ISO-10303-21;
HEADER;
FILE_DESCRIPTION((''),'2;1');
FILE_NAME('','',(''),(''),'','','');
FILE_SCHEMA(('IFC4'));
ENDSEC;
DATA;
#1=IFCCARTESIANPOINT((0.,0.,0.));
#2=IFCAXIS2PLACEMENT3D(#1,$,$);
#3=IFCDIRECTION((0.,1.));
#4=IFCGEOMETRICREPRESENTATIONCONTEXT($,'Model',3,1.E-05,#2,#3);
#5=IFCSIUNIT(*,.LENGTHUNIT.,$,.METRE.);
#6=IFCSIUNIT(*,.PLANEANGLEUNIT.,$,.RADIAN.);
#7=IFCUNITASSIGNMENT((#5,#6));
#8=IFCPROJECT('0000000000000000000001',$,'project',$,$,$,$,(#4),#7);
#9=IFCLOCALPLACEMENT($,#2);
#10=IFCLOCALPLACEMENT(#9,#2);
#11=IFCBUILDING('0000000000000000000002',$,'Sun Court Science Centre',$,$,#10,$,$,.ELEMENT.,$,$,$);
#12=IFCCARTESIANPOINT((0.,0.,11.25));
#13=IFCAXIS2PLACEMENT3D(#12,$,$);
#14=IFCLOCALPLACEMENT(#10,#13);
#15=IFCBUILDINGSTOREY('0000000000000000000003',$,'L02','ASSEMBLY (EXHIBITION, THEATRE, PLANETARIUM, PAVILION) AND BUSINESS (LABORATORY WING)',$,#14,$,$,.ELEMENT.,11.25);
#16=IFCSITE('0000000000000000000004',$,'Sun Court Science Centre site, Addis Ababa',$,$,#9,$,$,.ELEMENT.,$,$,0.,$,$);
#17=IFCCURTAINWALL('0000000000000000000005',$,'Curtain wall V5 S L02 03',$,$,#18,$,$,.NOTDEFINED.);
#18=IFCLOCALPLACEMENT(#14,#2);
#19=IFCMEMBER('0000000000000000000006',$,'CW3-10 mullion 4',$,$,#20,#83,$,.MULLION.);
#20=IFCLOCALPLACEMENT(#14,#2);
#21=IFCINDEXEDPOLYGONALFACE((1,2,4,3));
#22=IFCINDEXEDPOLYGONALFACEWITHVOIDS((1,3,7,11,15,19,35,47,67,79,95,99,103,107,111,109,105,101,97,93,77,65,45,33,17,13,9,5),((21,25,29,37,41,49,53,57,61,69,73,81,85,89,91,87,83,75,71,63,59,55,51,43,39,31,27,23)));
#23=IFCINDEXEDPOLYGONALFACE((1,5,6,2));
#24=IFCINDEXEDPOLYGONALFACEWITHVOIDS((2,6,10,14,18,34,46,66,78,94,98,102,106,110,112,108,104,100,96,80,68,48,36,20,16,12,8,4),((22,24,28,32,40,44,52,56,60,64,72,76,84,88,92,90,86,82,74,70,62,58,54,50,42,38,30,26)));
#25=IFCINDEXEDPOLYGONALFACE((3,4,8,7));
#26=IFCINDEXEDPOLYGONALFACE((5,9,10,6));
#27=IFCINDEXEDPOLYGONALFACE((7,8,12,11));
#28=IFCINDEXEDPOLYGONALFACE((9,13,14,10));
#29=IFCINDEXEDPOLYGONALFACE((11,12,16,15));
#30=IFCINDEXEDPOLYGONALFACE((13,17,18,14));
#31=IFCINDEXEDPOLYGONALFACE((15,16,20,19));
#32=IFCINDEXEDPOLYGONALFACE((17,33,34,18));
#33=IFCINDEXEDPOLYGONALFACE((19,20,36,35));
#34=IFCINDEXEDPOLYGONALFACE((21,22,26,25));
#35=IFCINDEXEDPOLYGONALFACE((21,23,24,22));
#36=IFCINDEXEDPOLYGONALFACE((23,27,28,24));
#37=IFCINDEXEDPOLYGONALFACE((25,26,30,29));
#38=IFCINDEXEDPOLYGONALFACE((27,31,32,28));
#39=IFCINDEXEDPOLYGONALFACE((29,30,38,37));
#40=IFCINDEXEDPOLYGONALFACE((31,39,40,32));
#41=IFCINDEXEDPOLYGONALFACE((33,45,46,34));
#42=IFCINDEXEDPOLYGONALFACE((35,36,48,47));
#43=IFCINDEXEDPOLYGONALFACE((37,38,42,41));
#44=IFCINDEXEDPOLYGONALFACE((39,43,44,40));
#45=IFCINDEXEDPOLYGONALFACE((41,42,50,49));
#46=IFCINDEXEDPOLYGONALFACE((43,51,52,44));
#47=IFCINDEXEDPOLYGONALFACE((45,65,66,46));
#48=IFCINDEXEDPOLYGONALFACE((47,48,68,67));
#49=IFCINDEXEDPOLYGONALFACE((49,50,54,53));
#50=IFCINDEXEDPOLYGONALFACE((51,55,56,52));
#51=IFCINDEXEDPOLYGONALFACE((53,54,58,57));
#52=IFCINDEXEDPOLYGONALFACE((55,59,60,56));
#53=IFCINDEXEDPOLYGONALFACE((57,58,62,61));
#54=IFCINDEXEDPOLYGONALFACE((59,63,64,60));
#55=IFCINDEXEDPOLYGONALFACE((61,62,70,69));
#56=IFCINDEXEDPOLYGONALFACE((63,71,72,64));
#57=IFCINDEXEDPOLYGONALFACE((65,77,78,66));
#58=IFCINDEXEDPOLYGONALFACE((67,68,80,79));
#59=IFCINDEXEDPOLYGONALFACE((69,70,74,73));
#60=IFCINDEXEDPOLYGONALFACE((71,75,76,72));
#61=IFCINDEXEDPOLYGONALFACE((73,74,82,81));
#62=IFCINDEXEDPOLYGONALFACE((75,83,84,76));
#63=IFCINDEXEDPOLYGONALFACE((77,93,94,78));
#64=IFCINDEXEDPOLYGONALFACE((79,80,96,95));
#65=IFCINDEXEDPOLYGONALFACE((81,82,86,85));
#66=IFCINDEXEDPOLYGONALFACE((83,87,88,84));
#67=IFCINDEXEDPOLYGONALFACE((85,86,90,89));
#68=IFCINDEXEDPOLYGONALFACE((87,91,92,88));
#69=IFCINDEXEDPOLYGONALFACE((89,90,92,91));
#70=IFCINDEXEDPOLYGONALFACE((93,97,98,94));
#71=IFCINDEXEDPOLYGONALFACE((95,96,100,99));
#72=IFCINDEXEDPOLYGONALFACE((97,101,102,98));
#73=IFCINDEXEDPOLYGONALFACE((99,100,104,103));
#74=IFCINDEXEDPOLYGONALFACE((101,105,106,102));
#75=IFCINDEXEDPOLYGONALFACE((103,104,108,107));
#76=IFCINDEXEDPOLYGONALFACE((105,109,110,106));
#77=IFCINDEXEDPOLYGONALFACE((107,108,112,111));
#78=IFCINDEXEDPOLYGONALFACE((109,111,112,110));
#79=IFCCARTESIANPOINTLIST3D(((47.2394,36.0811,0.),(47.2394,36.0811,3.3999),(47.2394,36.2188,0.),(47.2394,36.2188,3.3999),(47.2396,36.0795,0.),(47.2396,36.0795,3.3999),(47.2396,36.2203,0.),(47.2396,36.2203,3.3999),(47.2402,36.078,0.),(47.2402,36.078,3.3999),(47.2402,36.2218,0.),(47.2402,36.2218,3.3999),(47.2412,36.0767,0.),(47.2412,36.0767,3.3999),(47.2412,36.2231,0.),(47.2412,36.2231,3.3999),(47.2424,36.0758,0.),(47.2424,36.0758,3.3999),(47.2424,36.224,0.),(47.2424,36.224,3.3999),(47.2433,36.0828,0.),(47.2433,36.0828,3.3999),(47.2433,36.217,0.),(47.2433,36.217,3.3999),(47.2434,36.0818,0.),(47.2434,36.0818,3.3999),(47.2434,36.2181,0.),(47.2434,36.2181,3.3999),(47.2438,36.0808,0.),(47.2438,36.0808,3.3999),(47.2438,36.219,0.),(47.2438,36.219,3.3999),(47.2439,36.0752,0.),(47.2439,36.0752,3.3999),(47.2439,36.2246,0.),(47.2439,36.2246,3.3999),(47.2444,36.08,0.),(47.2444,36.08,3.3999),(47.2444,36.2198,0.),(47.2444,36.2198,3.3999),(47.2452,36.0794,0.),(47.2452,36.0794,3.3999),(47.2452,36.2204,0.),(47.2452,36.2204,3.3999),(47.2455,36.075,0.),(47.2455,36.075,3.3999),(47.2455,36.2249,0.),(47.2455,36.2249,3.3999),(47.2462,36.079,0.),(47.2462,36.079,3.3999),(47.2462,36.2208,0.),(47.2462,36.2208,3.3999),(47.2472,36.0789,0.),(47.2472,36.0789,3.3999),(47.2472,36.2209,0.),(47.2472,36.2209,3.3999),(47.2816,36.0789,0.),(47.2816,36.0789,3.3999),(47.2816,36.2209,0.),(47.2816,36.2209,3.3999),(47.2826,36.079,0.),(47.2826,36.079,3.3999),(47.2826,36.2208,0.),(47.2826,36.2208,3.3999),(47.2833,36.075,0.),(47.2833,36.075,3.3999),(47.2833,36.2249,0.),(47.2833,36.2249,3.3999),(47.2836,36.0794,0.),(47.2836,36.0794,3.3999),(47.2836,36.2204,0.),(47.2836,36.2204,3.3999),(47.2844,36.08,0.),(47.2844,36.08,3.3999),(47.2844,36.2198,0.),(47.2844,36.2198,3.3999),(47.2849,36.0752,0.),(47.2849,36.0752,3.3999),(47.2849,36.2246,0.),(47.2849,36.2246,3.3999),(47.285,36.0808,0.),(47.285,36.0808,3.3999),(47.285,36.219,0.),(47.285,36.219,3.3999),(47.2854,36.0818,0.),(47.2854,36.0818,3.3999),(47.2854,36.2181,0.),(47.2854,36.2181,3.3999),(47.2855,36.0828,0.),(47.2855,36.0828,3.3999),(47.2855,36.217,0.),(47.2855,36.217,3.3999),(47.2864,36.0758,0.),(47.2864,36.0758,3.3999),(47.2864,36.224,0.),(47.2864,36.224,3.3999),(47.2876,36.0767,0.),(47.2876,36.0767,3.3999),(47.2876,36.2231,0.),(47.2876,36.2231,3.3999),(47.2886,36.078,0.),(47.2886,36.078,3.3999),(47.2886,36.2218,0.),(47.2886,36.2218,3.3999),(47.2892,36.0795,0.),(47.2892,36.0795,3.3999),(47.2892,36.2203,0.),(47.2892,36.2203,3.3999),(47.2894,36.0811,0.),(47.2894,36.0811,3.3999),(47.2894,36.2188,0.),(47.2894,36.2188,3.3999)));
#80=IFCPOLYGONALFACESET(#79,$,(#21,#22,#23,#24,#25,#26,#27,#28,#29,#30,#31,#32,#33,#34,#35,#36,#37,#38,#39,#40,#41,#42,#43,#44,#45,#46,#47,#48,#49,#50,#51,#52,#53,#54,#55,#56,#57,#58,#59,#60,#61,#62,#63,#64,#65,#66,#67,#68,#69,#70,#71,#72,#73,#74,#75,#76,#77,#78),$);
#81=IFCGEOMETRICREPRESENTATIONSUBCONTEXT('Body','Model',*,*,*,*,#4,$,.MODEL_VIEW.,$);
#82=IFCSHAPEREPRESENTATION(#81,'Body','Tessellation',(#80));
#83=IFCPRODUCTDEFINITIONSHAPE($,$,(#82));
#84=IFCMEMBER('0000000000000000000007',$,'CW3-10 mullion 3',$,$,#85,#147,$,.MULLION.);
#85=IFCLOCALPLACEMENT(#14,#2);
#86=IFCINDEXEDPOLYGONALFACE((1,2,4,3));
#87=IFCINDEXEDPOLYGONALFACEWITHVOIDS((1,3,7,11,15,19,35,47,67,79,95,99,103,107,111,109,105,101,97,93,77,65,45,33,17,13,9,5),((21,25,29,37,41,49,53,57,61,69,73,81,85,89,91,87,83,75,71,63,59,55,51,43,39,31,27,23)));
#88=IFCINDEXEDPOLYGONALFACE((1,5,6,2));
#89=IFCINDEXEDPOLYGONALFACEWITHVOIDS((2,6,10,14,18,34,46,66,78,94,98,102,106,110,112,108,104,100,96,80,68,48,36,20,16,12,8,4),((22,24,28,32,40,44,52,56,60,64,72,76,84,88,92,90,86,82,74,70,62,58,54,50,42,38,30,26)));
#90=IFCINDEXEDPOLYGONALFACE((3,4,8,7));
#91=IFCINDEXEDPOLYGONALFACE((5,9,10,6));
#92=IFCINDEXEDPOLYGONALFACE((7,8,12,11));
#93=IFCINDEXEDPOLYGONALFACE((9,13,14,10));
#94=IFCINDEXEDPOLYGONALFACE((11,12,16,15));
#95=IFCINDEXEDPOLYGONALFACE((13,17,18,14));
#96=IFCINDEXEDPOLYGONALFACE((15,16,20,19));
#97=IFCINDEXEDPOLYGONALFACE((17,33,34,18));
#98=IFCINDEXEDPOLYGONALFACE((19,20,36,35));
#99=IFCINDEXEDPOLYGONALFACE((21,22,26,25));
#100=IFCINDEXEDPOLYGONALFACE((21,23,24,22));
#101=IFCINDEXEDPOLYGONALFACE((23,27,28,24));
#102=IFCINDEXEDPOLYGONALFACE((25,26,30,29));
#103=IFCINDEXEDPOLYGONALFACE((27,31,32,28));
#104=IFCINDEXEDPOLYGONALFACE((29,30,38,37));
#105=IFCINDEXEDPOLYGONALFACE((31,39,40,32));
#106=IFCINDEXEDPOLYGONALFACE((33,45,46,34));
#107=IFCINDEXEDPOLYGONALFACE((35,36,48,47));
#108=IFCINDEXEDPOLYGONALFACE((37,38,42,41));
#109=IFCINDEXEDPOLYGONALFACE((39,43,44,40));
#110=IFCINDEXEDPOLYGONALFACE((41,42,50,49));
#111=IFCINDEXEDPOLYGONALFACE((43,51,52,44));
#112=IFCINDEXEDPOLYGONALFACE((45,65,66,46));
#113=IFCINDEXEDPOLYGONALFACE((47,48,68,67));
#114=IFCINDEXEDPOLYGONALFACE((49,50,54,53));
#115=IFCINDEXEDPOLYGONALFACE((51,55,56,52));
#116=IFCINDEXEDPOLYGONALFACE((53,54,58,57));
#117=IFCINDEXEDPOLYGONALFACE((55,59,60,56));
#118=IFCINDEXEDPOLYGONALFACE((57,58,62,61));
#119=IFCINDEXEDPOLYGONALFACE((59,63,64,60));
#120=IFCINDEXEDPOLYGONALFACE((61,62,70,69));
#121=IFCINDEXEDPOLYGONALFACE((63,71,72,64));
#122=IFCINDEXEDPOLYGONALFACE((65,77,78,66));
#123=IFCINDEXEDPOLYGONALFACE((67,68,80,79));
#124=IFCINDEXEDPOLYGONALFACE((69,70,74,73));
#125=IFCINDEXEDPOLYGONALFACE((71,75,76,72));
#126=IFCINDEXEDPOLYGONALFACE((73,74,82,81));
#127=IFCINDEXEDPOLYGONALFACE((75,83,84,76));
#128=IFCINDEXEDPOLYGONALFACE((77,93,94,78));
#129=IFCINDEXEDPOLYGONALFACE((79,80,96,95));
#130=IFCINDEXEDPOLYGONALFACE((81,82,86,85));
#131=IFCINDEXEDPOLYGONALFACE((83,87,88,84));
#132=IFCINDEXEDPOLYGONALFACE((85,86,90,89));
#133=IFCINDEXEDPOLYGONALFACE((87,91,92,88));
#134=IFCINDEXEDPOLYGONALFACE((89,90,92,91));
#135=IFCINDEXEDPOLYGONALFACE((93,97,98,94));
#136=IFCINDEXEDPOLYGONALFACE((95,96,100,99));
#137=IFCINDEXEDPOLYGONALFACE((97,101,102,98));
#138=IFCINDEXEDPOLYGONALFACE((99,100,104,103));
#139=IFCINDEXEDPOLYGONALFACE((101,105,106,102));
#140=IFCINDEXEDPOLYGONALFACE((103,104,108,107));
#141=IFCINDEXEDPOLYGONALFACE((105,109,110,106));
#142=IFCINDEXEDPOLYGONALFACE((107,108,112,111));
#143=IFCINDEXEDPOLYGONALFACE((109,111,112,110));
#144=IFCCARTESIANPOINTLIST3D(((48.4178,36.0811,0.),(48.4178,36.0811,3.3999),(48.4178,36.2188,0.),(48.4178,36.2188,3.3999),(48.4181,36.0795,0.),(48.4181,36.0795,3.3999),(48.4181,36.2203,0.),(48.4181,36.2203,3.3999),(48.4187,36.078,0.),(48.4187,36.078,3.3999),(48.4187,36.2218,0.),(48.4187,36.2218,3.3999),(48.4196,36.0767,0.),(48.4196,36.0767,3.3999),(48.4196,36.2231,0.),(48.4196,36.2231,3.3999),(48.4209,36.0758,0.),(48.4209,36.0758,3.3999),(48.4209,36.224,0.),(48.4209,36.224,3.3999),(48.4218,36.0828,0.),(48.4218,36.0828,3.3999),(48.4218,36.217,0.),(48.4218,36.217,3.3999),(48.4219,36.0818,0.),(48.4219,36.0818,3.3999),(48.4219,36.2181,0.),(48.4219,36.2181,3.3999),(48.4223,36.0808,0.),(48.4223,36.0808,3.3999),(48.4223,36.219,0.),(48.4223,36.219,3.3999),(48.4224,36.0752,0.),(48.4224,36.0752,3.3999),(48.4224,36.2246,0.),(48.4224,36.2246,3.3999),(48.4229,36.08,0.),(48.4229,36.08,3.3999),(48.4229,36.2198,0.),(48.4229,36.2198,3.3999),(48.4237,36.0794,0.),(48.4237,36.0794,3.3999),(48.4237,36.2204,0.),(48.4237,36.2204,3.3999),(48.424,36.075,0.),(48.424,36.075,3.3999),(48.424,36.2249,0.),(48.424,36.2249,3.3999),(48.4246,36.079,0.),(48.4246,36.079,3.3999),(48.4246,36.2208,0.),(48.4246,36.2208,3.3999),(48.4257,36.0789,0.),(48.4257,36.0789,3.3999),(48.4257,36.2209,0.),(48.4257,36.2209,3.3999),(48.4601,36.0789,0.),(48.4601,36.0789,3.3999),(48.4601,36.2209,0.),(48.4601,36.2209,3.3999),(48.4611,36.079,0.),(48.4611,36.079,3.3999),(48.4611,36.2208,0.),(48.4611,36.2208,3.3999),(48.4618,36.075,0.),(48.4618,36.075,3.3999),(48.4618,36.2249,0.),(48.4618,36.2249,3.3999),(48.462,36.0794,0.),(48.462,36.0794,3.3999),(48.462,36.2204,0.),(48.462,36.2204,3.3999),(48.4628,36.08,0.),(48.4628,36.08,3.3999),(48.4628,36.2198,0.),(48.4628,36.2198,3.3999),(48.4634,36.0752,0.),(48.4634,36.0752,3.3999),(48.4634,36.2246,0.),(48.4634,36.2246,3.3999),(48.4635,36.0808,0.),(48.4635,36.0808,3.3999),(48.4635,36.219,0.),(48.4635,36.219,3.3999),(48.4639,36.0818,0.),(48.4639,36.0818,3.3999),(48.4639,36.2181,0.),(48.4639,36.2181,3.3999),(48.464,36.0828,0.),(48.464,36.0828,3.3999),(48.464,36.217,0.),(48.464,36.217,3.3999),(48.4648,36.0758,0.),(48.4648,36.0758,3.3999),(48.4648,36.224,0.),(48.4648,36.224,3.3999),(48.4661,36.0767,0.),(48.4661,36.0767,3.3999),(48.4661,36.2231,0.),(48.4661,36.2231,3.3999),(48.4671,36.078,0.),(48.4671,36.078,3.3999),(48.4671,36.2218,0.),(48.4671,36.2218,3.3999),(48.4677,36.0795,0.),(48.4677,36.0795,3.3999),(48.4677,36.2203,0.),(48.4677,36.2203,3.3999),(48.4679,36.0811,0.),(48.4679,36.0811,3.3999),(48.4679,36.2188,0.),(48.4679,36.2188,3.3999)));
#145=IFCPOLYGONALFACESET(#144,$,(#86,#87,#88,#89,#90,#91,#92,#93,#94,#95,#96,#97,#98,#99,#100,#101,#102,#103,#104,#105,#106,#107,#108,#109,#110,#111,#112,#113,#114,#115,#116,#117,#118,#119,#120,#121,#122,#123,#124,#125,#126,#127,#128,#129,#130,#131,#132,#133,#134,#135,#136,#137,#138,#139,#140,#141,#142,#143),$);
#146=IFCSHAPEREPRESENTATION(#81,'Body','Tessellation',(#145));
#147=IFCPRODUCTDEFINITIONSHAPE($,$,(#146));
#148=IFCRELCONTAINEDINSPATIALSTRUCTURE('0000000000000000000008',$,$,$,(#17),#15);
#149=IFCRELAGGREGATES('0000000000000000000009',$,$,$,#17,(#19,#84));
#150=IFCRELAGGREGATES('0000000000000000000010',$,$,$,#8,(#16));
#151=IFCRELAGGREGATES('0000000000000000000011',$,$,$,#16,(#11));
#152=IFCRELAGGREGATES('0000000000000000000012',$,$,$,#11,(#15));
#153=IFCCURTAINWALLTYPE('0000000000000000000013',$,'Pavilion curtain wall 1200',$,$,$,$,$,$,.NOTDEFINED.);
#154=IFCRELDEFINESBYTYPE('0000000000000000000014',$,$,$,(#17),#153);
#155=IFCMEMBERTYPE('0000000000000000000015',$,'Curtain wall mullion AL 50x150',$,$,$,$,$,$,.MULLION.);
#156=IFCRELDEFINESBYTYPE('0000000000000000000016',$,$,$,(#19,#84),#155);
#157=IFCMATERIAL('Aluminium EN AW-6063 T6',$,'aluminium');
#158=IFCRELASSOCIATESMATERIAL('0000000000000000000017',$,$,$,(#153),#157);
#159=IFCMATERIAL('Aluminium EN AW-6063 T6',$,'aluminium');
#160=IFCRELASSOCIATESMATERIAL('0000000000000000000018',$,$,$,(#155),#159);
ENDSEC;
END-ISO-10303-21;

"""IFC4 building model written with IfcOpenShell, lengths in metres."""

from ifc_helpers import new_model, si_unit, direction, frame, origin, origin_2d, place, context, subcontext, project, spatial, hollow_rectangle, extrude, material, material_profile, profile_set, type_object, element, aggregate, save


model = new_model("IFC4")

# Units and contexts
model_context = context("Model", 3, precision=1e-05, world=origin(), true_north=direction((0.0, 1.0)))
body_context = subcontext(model_context, "Body", "Model", "MODEL_VIEW")
ifc_project = project(units=[si_unit("LENGTHUNIT", "METRE"), si_unit("PLANEANGLEUNIT", "RADIAN")], contexts=[model_context])

# Site, building, storey
site_placement = place(None, origin())
site = spatial("IfcSite", under=ifc_project, at=site_placement, Name="Sun Court Science Centre site, Addis Ababa", CompositionType="ELEMENT", RefElevation=0.0)
building_placement = place(site_placement, origin())
building = spatial("IfcBuilding", under=site, at=building_placement, Name="Sun Court Science Centre", CompositionType="ELEMENT")
storey_placement = place(building_placement, frame((0.0, 0.0, 11.25)))
storey = spatial("IfcBuildingStorey", under=building, at=storey_placement, Name="L02", Description="ASSEMBLY (EXHIBITION, THEATRE, PLANETARIUM, PAVILION) AND BUSINESS (LABORATORY WING)", CompositionType="ELEMENT", Elevation=11.25)

# Curtain wall, members
ifc_material_1 = material(Name="Aluminium EN AW-6063 T6", Category="aluminium")
curtain_wall_type = type_object("IfcCurtainWallType", Name="Pavilion curtain wall 1200", PredefinedType="NOTDEFINED", material=ifc_material_1)
curtain_wall_placement = place(storey_placement, origin())
curtain_wall = element("IfcCurtainWall", 1, at=curtain_wall_placement, inside=storey, type_object=curtain_wall_type, Name="Curtain wall V5 S L02 03", PredefinedType="NOTDEFINED")
ifc_material_2 = material(Name="Aluminium EN AW-6063 T6", Category="aluminium")
ifc_material_profile_1 = material_profile(ifc_material_2, hollow_rectangle(XDim=0.05, YDim=0.1499, WallThickness=0.0039, InnerFilletRadius=0.0039, OuterFilletRadius=0.0061, at=origin_2d()), Name="AL 50x150x4")
ifc_profile_set_1 = profile_set([ifc_material_profile_1], Name="Aluminium EN AW-6063 T6")
member_type_1 = type_object("IfcMemberType", Name="Curtain wall mullion AL 50x150", PredefinedType="MULLION", material=ifc_profile_set_1)
member_1_placement = place(storey_placement, frame((47.2644, 36.1499, 0.0), z_axis=(0.0, 0.0, 1.0), x_axis=(-1.0, 0.0, 0.0)))
member_1 = element("IfcMember", 2, at=member_1_placement, type_object=member_type_1, Name="CW3-10 mullion 4", PredefinedType="MULLION", context=body_context, shape_type="SweptSolid", body=[
    extrude(hollow_rectangle(XDim=0.05, YDim=0.1499, WallThickness=0.0039, InnerFilletRadius=0.0039, OuterFilletRadius=0.0061, at=origin_2d()), origin(), (0.0, 0.0, 1.0), 3.3999),
])
member_2_placement = place(storey_placement, frame((48.4429, 36.1499, 0.0), z_axis=(0.0, 0.0, 1.0), x_axis=(-1.0, 0.0, 0.0)))
member_2 = element("IfcMember", 3, at=member_2_placement, type_object=member_type_1, Name="CW3-10 mullion 3", PredefinedType="MULLION", context=body_context, shape_type="SweptSolid", body=[
    extrude(hollow_rectangle(XDim=0.05, YDim=0.1499, WallThickness=0.0039, InnerFilletRadius=0.0039, OuterFilletRadius=0.0061, at=origin_2d()), origin(), (0.0, 0.0, 1.0), 3.3999),
])
aggregate(curtain_wall, [member_1, member_2])

save(model, "model.ifc")
